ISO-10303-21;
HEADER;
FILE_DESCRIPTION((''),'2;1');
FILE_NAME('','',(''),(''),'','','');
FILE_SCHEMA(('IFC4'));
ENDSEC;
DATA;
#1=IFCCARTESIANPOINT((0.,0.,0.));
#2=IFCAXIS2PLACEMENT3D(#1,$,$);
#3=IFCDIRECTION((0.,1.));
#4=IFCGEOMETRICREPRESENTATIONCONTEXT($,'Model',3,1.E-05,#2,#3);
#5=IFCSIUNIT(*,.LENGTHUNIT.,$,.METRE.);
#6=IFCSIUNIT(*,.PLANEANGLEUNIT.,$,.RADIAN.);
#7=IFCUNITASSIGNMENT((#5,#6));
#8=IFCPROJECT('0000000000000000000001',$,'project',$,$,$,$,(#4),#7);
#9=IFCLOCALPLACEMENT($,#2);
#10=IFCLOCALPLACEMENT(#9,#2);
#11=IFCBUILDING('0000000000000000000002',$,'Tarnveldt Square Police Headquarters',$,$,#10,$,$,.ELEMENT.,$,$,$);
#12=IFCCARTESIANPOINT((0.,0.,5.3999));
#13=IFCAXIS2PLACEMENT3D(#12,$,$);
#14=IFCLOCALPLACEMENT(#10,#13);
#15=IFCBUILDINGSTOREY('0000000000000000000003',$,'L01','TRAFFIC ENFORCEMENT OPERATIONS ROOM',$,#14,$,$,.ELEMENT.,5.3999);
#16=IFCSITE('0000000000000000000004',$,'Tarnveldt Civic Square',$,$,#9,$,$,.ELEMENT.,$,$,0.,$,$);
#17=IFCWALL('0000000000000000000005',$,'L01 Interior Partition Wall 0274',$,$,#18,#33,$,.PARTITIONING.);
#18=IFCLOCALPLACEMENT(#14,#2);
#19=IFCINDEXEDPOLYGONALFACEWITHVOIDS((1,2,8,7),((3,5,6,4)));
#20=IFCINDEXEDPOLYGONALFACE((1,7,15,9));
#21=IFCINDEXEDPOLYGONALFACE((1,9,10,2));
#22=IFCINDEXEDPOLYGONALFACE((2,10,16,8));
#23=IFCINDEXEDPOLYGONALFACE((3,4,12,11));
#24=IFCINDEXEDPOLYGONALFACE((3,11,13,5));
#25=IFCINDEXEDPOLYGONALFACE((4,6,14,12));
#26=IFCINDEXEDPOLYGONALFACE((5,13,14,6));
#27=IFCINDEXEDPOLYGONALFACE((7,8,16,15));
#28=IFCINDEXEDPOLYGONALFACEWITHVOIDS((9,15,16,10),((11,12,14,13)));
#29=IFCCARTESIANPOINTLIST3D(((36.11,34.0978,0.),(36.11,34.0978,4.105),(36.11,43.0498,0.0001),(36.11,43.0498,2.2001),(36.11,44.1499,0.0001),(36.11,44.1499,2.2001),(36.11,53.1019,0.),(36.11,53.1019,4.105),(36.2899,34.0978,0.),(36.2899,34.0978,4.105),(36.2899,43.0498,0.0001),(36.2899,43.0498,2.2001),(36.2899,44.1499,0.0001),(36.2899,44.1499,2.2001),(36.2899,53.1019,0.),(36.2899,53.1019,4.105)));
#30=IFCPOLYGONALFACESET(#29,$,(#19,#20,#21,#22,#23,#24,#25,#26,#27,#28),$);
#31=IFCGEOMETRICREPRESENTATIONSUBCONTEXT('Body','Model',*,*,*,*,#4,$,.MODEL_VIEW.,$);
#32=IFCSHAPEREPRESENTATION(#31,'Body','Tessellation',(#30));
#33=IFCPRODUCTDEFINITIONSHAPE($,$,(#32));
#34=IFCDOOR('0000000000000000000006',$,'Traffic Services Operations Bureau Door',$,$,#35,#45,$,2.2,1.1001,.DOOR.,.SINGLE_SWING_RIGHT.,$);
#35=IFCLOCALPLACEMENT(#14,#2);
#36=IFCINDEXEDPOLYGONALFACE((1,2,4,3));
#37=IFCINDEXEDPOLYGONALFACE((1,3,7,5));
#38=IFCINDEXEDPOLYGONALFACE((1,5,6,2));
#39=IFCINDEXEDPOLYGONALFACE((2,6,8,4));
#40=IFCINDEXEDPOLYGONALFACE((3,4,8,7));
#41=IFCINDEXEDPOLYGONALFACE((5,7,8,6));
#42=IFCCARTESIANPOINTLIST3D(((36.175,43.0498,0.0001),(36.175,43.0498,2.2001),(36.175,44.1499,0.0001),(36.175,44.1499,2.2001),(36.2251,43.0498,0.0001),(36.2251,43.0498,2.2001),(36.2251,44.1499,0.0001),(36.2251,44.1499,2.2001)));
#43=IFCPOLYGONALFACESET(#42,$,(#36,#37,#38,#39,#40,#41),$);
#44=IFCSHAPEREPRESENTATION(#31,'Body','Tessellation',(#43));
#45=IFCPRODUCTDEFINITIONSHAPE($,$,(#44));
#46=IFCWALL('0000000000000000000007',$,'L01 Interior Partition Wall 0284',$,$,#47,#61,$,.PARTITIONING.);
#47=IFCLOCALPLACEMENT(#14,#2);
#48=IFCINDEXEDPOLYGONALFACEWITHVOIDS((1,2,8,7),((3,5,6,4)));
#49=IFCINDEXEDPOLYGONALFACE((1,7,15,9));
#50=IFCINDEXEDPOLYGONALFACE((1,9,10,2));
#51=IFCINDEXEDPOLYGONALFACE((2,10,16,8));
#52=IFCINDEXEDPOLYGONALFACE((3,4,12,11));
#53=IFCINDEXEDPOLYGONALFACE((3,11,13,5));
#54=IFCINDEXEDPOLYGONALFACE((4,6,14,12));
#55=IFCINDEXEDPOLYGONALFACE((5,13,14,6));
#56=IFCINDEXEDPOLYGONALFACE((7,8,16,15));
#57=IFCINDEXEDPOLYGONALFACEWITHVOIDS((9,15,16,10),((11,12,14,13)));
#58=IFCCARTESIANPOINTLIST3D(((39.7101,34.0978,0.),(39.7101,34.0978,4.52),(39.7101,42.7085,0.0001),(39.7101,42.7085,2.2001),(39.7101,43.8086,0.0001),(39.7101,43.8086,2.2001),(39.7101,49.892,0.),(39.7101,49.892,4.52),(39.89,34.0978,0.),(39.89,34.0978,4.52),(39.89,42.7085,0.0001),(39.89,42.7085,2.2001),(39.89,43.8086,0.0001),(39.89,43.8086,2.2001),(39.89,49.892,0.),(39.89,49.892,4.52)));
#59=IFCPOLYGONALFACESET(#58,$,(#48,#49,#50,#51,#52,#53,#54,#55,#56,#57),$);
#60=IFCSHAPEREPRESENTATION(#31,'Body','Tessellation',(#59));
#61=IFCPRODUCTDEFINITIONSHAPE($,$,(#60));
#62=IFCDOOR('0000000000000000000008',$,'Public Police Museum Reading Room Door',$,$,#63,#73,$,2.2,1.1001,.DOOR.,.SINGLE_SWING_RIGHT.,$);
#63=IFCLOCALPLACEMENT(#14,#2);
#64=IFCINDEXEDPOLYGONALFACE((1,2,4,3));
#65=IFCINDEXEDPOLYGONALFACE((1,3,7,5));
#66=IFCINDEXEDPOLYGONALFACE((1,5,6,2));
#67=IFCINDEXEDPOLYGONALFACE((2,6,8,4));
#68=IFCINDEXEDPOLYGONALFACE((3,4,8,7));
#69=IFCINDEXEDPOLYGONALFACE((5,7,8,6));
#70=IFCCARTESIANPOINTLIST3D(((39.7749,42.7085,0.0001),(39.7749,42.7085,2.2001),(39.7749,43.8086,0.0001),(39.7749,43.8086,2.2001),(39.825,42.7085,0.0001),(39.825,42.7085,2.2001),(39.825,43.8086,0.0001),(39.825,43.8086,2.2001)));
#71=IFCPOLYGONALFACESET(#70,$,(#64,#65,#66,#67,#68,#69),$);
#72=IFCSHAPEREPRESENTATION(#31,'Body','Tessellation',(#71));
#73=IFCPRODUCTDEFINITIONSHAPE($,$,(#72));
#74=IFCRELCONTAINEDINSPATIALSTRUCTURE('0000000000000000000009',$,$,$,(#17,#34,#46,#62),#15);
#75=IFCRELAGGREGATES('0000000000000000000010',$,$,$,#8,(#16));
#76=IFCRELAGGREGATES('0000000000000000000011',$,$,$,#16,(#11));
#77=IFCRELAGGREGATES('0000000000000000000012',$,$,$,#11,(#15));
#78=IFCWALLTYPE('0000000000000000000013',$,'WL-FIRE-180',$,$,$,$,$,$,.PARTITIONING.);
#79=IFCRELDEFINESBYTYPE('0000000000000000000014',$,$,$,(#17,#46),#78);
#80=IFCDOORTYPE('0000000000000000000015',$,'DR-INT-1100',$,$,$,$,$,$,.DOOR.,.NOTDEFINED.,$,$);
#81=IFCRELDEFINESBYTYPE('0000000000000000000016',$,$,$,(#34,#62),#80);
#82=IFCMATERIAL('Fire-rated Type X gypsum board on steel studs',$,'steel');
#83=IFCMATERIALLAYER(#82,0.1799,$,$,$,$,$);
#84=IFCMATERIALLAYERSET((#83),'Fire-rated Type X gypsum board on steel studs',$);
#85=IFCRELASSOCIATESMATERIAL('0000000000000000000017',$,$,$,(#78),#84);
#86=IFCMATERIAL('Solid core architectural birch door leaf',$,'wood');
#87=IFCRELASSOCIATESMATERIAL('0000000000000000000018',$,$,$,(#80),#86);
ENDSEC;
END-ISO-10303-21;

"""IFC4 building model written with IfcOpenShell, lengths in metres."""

from ifc_helpers import new_model, si_unit, direction, frame, frame_2d, origin, place, context, subcontext, project, spatial, rectangle, extrude, material, layer, layer_set, type_object, element, fill, save


model = new_model("IFC4")

# Units and contexts
model_context = context("Model", 3, precision=1e-05, world=origin(), true_north=direction((0.0, 1.0)))
body_context = subcontext(model_context, "Body", "Model", "MODEL_VIEW")
ifc_project = project(units=[si_unit("LENGTHUNIT", "METRE"), si_unit("PLANEANGLEUNIT", "RADIAN")], contexts=[model_context])

# Site, building, storey
site_placement = place(None, origin())
site = spatial("IfcSite", under=ifc_project, at=site_placement, Name="Tarnveldt Civic Square", CompositionType="ELEMENT", RefElevation=0.0)
building_placement = place(site_placement, origin())
building = spatial("IfcBuilding", under=site, at=building_placement, Name="Tarnveldt Square Police Headquarters", CompositionType="ELEMENT")
storey_placement = place(building_placement, frame((0.0, 0.0, 5.3999)))
storey = spatial("IfcBuildingStorey", under=building, at=storey_placement, Name="L01", Description="TRAFFIC ENFORCEMENT OPERATIONS ROOM", CompositionType="ELEMENT", Elevation=5.3999)

# Shared definitions
ifc_material_1 = material(Name="Fire-rated Type X gypsum board on steel studs", Category="steel")
ifc_layer = layer(ifc_material_1, 0.1799)
ifc_layer_set = layer_set([ifc_layer], Name="Fire-rated Type X gypsum board on steel studs")
wall_type = type_object("IfcWallType", Name="WL-FIRE-180", PredefinedType="PARTITIONING", material=ifc_layer_set)

# Walls, openings, doors
wall_1_placement = place(storey_placement, frame((36.2, 34.0979, 0.0), z_axis=(0.0, 0.0, 1.0), x_axis=(0.0, 1.0, 0.0)))
wall_1 = element("IfcWall", 1, at=wall_1_placement, inside=storey, type_object=wall_type, Name="L01 Interior Partition Wall 0274", PredefinedType="PARTITIONING", context=body_context, shape_type="SweptSolid", body=[
    extrude(rectangle(XDim=19.0042, YDim=0.1799, at=frame_2d((9.502, 0.0))), origin(), (0.0, 0.0, 1.0), 4.105),
])
opening_1_placement = place(wall_1_placement, frame((8.9519, 0.0, 0.0)))
opening_1 = element("IfcOpeningElement", 2, at=opening_1_placement, cuts=wall_1, PredefinedType="OPENING", context=body_context, shape_type="SweptSolid", body=[
    extrude(rectangle(XDim=1.1001, YDim=2.2, at=frame_2d((0.55, 1.1001))), frame((0.0, 0.0999, 0.0), z_axis=(0.0, -1.0, 0.0), x_axis=(1.0, 0.0, 0.0)), (0.0, 0.0, 1.0), 0.2),
])
ifc_material_2 = material(Name="Solid core architectural birch door leaf", Category="wood")
door_type_1 = type_object("IfcDoorType", Name="DR-INT-1100", OperationType="NOTDEFINED", PredefinedType="DOOR", material=ifc_material_2)
door_1_placement = place(opening_1_placement, origin())
door_1 = element("IfcDoor", 3, at=door_1_placement, inside=storey, type_object=door_type_1, Name="Traffic Services Operations Bureau Door", OperationType="SINGLE_SWING_RIGHT", OverallHeight=2.2, OverallWidth=1.1001, PredefinedType="DOOR", context=body_context, shape_type="SweptSolid", body=[
    extrude(rectangle(XDim=1.1001, YDim=2.2, at=frame_2d((0.55, 1.1001))), frame((0.0, 0.0249, 0.0), z_axis=(0.0, -1.0, 0.0), x_axis=(1.0, 0.0, 0.0)), (0.0, 0.0, 1.0), 0.05),
])
fill(opening_1, door_1)
wall_2_placement = place(storey_placement, frame((39.8, 34.0979, 0.0), z_axis=(0.0, 0.0, 1.0), x_axis=(0.0, 1.0, 0.0)))
wall_2 = element("IfcWall", 4, at=wall_2_placement, inside=storey, type_object=wall_type, Name="L01 Interior Partition Wall 0284", PredefinedType="PARTITIONING", context=body_context, shape_type="SweptSolid", body=[
    extrude(rectangle(XDim=15.7942, YDim=0.1799, at=frame_2d((7.897, 0.0))), origin(), (0.0, 0.0, 1.0), 4.52),
])
opening_2_placement = place(wall_2_placement, frame((8.6106, 0.0, 0.0)))
opening_2 = element("IfcOpeningElement", 5, at=opening_2_placement, cuts=wall_2, PredefinedType="OPENING", context=body_context, shape_type="SweptSolid", body=[
    extrude(rectangle(XDim=1.1001, YDim=2.2, at=frame_2d((0.55, 1.1001))), frame((0.0, 0.0999, 0.0), z_axis=(0.0, -1.0, 0.0), x_axis=(1.0, 0.0, 0.0)), (0.0, 0.0, 1.0), 0.2),
])
door_2_placement = place(opening_2_placement, frame((1.1001, 0.0, 0.0), z_axis=(0.0, 0.0, 1.0), x_axis=(-1.0, 0.0, 0.0)))
door_2 = element("IfcDoor", 6, at=door_2_placement, inside=storey, type_object=door_type_1, Name="Public Police Museum Reading Room Door", OperationType="SINGLE_SWING_RIGHT", OverallHeight=2.2, OverallWidth=1.1001, PredefinedType="DOOR", context=body_context, shape_type="SweptSolid", body=[
    extrude(rectangle(XDim=1.1001, YDim=2.2, at=frame_2d((0.55, 1.1001))), frame((0.0, 0.0249, 0.0), z_axis=(0.0, -1.0, 0.0), x_axis=(1.0, 0.0, 0.0)), (0.0, 0.0, 1.0), 0.05),
])
fill(opening_2, door_2)

save(model, "model.ifc")
